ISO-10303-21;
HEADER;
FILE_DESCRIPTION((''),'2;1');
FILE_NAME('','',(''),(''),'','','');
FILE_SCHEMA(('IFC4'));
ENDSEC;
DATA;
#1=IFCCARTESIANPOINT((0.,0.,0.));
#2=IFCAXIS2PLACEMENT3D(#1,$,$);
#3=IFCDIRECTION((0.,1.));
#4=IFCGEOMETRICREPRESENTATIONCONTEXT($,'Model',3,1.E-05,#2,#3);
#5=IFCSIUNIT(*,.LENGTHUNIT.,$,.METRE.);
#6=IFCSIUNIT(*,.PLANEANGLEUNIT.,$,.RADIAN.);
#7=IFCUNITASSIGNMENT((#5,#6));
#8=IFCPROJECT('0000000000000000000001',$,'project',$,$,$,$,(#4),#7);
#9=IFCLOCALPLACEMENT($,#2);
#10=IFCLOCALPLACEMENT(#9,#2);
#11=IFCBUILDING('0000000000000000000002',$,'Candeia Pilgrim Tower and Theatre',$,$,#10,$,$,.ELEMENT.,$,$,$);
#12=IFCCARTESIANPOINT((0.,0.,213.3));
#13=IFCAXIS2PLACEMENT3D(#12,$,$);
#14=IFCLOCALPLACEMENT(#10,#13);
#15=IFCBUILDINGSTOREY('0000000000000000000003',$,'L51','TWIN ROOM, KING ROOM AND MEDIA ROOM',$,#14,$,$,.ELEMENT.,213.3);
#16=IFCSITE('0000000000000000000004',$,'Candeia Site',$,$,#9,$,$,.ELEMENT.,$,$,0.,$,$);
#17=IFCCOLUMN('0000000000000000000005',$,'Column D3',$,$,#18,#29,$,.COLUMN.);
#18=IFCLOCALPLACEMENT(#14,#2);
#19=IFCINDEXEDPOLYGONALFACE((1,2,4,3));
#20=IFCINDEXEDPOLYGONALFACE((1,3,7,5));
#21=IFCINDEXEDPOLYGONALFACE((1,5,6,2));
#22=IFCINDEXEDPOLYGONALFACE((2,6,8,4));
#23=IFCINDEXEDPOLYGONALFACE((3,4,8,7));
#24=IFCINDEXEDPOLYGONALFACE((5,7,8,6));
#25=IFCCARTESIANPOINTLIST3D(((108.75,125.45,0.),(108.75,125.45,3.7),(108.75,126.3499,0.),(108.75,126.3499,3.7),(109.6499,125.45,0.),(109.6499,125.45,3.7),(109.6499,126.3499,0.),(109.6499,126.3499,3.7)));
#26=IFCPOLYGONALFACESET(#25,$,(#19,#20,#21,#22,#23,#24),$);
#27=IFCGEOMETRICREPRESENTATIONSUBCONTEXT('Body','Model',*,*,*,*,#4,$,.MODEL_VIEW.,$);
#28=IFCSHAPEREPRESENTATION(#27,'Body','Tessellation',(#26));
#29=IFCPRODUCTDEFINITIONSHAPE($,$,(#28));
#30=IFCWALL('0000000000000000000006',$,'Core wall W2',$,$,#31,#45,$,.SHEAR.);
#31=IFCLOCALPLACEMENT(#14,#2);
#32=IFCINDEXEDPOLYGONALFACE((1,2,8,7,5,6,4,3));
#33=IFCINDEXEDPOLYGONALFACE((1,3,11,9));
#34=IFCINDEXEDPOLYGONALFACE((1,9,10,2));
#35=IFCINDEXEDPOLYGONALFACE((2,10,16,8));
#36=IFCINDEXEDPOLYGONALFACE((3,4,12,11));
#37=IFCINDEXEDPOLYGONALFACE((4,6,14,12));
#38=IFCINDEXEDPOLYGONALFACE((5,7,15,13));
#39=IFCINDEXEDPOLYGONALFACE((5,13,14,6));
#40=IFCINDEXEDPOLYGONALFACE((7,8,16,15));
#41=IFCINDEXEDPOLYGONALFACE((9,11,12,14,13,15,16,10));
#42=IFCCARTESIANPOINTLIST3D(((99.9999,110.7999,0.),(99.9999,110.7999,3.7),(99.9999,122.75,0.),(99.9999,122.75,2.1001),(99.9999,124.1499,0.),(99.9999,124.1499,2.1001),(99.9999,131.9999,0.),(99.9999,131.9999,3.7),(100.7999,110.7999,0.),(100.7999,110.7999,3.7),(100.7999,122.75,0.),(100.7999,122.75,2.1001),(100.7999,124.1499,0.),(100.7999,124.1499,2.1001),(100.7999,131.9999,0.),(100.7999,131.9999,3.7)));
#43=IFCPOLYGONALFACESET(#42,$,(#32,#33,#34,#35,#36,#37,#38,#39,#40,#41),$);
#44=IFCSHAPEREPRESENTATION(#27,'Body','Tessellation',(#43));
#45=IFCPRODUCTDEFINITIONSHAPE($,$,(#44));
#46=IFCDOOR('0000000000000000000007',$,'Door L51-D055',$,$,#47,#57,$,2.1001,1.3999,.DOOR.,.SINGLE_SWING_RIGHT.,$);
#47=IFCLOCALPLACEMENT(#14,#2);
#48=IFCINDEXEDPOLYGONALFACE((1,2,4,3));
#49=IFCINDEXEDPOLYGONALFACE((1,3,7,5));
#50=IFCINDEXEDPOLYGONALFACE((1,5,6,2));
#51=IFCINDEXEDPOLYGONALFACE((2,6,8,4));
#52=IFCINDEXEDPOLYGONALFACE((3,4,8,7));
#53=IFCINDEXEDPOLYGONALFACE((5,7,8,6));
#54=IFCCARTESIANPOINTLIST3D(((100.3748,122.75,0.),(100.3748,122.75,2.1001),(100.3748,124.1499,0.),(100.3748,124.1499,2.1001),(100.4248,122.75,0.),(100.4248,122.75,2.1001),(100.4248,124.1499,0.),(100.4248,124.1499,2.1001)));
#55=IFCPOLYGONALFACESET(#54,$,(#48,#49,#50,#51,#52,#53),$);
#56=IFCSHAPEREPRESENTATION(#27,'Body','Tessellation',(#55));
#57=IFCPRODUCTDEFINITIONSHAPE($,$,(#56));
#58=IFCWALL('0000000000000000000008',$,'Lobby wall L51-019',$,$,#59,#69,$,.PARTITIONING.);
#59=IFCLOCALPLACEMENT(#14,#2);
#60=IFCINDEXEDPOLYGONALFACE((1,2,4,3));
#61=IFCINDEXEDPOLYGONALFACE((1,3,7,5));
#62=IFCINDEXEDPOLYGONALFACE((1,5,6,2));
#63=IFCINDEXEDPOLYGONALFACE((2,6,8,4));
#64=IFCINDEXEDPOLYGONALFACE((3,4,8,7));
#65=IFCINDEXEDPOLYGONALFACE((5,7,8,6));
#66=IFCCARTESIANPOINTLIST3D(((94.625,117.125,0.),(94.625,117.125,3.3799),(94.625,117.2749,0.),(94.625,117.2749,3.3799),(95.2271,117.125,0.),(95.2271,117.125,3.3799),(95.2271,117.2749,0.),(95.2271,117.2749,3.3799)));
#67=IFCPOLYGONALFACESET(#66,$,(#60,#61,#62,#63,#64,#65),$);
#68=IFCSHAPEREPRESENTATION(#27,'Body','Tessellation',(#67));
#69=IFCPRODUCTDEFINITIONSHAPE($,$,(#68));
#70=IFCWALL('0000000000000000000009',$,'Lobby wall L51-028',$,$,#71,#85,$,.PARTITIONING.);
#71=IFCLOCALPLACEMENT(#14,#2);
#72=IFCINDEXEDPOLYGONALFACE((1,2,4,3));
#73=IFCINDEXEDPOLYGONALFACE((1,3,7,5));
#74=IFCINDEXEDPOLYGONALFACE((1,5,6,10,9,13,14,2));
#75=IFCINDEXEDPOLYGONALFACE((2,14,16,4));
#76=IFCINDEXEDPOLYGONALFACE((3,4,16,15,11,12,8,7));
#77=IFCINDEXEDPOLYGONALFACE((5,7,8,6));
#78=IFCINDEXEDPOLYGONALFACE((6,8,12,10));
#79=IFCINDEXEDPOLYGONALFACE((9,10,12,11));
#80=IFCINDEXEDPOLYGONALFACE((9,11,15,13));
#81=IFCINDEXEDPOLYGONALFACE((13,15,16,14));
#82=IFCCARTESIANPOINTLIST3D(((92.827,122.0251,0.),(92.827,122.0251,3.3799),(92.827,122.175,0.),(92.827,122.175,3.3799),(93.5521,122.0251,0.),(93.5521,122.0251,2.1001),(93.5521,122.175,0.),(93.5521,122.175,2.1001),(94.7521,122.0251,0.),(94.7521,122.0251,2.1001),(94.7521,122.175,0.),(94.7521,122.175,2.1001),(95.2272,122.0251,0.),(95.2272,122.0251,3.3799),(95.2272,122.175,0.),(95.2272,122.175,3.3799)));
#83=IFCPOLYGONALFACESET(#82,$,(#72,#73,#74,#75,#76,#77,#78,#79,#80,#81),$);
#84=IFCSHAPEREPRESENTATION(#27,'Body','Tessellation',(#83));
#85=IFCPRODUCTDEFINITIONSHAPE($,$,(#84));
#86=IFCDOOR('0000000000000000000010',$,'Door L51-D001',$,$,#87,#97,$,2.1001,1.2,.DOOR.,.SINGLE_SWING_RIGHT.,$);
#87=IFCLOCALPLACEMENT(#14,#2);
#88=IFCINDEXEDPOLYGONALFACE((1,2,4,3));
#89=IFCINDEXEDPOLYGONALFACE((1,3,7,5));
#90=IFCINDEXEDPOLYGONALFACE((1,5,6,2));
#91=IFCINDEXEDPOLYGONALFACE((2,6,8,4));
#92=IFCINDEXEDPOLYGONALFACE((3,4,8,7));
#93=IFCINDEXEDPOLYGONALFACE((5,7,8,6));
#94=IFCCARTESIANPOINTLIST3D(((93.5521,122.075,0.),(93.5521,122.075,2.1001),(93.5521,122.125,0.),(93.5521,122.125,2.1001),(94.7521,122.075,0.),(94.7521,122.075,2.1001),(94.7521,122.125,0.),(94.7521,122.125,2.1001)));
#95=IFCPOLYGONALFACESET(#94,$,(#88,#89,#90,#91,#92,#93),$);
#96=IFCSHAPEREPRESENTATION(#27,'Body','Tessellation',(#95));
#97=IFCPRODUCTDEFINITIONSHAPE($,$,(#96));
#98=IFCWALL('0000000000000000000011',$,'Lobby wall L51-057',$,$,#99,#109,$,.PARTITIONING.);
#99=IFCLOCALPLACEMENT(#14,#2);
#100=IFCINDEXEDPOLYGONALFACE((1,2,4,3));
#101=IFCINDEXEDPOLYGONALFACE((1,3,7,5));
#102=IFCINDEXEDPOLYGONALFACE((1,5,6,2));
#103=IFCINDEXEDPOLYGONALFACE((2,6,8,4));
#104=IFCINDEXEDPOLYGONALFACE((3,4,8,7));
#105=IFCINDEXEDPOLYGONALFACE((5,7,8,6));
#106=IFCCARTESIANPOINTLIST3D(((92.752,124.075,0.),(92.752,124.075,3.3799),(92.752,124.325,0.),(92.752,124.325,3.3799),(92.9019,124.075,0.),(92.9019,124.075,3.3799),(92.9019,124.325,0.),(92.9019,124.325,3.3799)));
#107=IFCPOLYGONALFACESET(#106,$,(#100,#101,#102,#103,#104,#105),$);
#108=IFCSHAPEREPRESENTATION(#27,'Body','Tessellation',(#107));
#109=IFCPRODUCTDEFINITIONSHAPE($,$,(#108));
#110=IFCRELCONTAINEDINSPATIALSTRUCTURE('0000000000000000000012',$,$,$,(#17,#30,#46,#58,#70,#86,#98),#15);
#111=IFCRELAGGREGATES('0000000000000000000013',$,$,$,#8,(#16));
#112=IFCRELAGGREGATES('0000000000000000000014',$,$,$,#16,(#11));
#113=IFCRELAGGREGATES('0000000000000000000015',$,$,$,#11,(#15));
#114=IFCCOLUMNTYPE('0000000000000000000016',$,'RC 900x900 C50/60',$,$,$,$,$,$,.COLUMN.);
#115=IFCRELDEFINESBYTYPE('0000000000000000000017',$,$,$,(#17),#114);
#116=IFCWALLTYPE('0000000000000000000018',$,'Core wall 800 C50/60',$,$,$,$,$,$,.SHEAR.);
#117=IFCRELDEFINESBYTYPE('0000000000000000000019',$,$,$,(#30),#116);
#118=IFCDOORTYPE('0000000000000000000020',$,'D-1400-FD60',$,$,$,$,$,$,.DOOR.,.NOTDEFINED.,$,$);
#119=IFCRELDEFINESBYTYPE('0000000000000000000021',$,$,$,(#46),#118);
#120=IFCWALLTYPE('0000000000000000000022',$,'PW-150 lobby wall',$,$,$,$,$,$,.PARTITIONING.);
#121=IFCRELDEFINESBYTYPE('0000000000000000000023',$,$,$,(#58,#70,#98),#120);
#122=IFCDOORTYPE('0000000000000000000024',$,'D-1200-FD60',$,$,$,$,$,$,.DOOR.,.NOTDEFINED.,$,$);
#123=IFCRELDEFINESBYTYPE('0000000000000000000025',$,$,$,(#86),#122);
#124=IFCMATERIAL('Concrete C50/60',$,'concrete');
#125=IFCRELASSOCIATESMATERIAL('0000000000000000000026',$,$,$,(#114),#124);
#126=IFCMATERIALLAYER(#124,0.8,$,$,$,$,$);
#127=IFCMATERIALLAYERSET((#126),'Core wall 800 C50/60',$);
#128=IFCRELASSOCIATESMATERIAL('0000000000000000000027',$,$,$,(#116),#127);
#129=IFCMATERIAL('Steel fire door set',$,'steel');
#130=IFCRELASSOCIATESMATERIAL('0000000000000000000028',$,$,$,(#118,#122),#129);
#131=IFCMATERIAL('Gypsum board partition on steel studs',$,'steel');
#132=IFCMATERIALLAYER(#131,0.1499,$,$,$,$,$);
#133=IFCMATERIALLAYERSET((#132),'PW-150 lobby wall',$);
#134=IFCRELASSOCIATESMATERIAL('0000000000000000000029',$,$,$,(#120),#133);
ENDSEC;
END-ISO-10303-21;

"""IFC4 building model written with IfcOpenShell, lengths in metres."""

from ifc_helpers import new_model, si_unit, direction, frame, frame_2d, origin, origin_2d, place, context, subcontext, project, spatial, rectangle, extrude, material, layer, layer_set, material_profile, profile_set, type_object, element, fill, save


model = new_model("IFC4")

# Units and contexts
model_context = context("Model", 3, precision=1e-05, world=origin(), true_north=direction((0.0, 1.0)))
body_context = subcontext(model_context, "Body", "Model", "MODEL_VIEW")
ifc_project = project(units=[si_unit("LENGTHUNIT", "METRE"), si_unit("PLANEANGLEUNIT", "RADIAN")], contexts=[model_context])

# Site, building, storey
site_placement = place(None, origin())
site = spatial("IfcSite", under=ifc_project, at=site_placement, Name="Candeia Site", CompositionType="ELEMENT", RefElevation=0.0)
building_placement = place(site_placement, origin())
building = spatial("IfcBuilding", under=site, at=building_placement, Name="Candeia Pilgrim Tower and Theatre", CompositionType="ELEMENT")
storey_placement = place(building_placement, frame((0.0, 0.0, 213.3)))
storey = spatial("IfcBuildingStorey", under=building, at=storey_placement, Name="L51", Description="TWIN ROOM, KING ROOM AND MEDIA ROOM", CompositionType="ELEMENT", Elevation=213.3)

# Column
ifc_material_1 = material(Name="Concrete C50/60", Category="concrete")
ifc_material_profile = material_profile(ifc_material_1, rectangle(XDim=0.8999, YDim=0.8999, at=origin_2d()))
ifc_profile_set = profile_set([ifc_material_profile], Name="Concrete C50/60")
column_type = type_object("IfcColumnType", Name="RC 900x900 C50/60", PredefinedType="COLUMN", material=ifc_profile_set)
column_placement = place(storey_placement, frame((109.2, 125.8999, 0.0), z_axis=(0.0, 0.0, 1.0), x_axis=(1.0, 0.0, 0.0)))
element("IfcColumn", 1, at=column_placement, inside=storey, type_object=column_type, Name="Column D3", PredefinedType="COLUMN", context=body_context, shape_type="SweptSolid", body=[
    extrude(rectangle(XDim=0.8999, YDim=0.8999, at=origin_2d()), origin(), (0.0, 0.0, 1.0), 3.7),
])

# Wall, opening, door
ifc_layer_1 = layer(ifc_material_1, 0.8)
ifc_layer_set_1 = layer_set([ifc_layer_1], Name="Core wall 800 C50/60")
wall_type_1 = type_object("IfcWallType", Name="Core wall 800 C50/60", PredefinedType="SHEAR", material=ifc_layer_set_1)
wall_1_placement = place(storey_placement, frame((100.3999, 132.0, 0.0), z_axis=(0.0, 0.0, 1.0), x_axis=(0.0, -1.0, 0.0)))
wall_1 = element("IfcWall", 2, at=wall_1_placement, inside=storey, type_object=wall_type_1, Name="Core wall W2", PredefinedType="SHEAR", context=body_context, shape_type="SweptSolid", body=[
    extrude(rectangle(XDim=21.2, YDim=0.8, at=frame_2d((10.6001, 0.0))), origin(), (0.0, 0.0, 1.0), 3.7),
])
opening_1_placement = place(wall_1_placement, frame((7.8501, 0.0, 0.0)))
opening_1 = element("IfcOpeningElement", 3, at=opening_1_placement, cuts=wall_1, PredefinedType="OPENING", context=body_context, shape_type="SweptSolid", body=[
    extrude(rectangle(XDim=1.3999, YDim=2.1001, at=frame_2d((0.7, 1.05))), frame((0.0, 0.4102, 0.0), z_axis=(0.0, -1.0, 0.0), x_axis=(1.0, 0.0, 0.0)), (0.0, 0.0, 1.0), 0.8201),
])
ifc_material_2 = material(Name="Steel fire door set", Category="steel")
door_type_1 = type_object("IfcDoorType", Name="D-1400-FD60", OperationType="NOTDEFINED", PredefinedType="DOOR", material=ifc_material_2)
door_1_placement = place(opening_1_placement, origin())
door_1 = element("IfcDoor", 4, at=door_1_placement, inside=storey, type_object=door_type_1, Name="Door L51-D055", OperationType="SINGLE_SWING_RIGHT", OverallHeight=2.1001, OverallWidth=1.3999, PredefinedType="DOOR", context=body_context, shape_type="SweptSolid", body=[
    extrude(rectangle(XDim=1.3999, YDim=2.1001, at=frame_2d((0.7, 1.05))), frame((0.0, 0.0249, 0.0), z_axis=(0.0, -1.0, 0.0), x_axis=(1.0, 0.0, 0.0)), (0.0, 0.0, 1.0), 0.05),
])
fill(opening_1, door_1)

# Wall
ifc_material_3 = material(Name="Gypsum board partition on steel studs", Category="steel")
ifc_layer_2 = layer(ifc_material_3, 0.1499)
ifc_layer_set_2 = layer_set([ifc_layer_2], Name="PW-150 lobby wall")
wall_type_2 = type_object("IfcWallType", Name="PW-150 lobby wall", PredefinedType="PARTITIONING", material=ifc_layer_set_2)
wall_2_placement = place(storey_placement, frame((94.625, 117.2, 0.0), z_axis=(0.0, 0.0, 1.0), x_axis=(1.0, 0.0, 0.0)))
element("IfcWall", 5, at=wall_2_placement, inside=storey, type_object=wall_type_2, Name="Lobby wall L51-019", PredefinedType="PARTITIONING", context=body_context, shape_type="SweptSolid", body=[
    extrude(rectangle(XDim=0.6021, YDim=0.1499, at=frame_2d((0.301, 0.0))), origin(), (0.0, 0.0, 1.0), 3.3799),
])

# Wall, opening, door
wall_3_placement = place(storey_placement, frame((92.8269, 122.1001, 0.0), z_axis=(0.0, 0.0, 1.0), x_axis=(1.0, 0.0, 0.0)))
wall_3 = element("IfcWall", 6, at=wall_3_placement, inside=storey, type_object=wall_type_2, Name="Lobby wall L51-028", PredefinedType="PARTITIONING", context=body_context, shape_type="SweptSolid", body=[
    extrude(rectangle(XDim=2.4001, YDim=0.1499, at=frame_2d((1.2002, 0.0))), origin(), (0.0, 0.0, 1.0), 3.3799),
])
opening_2_placement = place(wall_3_placement, frame((0.7251, 0.0, 0.0)))
opening_2 = element("IfcOpeningElement", 7, at=opening_2_placement, cuts=wall_3, PredefinedType="OPENING", context=body_context, shape_type="SweptSolid", body=[
    extrude(rectangle(XDim=1.2, YDim=2.1001, at=frame_2d((0.6001, 1.05))), frame((0.0, 0.085, 0.0), z_axis=(0.0, -1.0, 0.0), x_axis=(1.0, 0.0, 0.0)), (0.0, 0.0, 1.0), 0.1699),
])
door_type_2 = type_object("IfcDoorType", Name="D-1200-FD60", OperationType="NOTDEFINED", PredefinedType="DOOR", material=ifc_material_2)
door_2_placement = place(opening_2_placement, origin())
door_2 = element("IfcDoor", 8, at=door_2_placement, inside=storey, type_object=door_type_2, Name="Door L51-D001", OperationType="SINGLE_SWING_RIGHT", OverallHeight=2.1001, OverallWidth=1.2, PredefinedType="DOOR", context=body_context, shape_type="SweptSolid", body=[
    extrude(rectangle(XDim=1.2, YDim=2.1001, at=frame_2d((0.6001, 1.05))), frame((0.0, 0.0249, 0.0), z_axis=(0.0, -1.0, 0.0), x_axis=(1.0, 0.0, 0.0)), (0.0, 0.0, 1.0), 0.05),
])
fill(opening_2, door_2)

# Wall
wall_4_placement = place(storey_placement, frame((92.8269, 124.075, 0.0), z_axis=(0.0, 0.0, 1.0), x_axis=(0.0, 1.0, 0.0)))
element("IfcWall", 9, at=wall_4_placement, inside=storey, type_object=wall_type_2, Name="Lobby wall L51-057", PredefinedType="PARTITIONING", context=body_context, shape_type="SweptSolid", body=[
    extrude(rectangle(XDim=0.25, YDim=0.1499, at=frame_2d((0.125, 0.0))), origin(), (0.0, 0.0, 1.0), 3.3799),
])

save(model, "model.ifc")
